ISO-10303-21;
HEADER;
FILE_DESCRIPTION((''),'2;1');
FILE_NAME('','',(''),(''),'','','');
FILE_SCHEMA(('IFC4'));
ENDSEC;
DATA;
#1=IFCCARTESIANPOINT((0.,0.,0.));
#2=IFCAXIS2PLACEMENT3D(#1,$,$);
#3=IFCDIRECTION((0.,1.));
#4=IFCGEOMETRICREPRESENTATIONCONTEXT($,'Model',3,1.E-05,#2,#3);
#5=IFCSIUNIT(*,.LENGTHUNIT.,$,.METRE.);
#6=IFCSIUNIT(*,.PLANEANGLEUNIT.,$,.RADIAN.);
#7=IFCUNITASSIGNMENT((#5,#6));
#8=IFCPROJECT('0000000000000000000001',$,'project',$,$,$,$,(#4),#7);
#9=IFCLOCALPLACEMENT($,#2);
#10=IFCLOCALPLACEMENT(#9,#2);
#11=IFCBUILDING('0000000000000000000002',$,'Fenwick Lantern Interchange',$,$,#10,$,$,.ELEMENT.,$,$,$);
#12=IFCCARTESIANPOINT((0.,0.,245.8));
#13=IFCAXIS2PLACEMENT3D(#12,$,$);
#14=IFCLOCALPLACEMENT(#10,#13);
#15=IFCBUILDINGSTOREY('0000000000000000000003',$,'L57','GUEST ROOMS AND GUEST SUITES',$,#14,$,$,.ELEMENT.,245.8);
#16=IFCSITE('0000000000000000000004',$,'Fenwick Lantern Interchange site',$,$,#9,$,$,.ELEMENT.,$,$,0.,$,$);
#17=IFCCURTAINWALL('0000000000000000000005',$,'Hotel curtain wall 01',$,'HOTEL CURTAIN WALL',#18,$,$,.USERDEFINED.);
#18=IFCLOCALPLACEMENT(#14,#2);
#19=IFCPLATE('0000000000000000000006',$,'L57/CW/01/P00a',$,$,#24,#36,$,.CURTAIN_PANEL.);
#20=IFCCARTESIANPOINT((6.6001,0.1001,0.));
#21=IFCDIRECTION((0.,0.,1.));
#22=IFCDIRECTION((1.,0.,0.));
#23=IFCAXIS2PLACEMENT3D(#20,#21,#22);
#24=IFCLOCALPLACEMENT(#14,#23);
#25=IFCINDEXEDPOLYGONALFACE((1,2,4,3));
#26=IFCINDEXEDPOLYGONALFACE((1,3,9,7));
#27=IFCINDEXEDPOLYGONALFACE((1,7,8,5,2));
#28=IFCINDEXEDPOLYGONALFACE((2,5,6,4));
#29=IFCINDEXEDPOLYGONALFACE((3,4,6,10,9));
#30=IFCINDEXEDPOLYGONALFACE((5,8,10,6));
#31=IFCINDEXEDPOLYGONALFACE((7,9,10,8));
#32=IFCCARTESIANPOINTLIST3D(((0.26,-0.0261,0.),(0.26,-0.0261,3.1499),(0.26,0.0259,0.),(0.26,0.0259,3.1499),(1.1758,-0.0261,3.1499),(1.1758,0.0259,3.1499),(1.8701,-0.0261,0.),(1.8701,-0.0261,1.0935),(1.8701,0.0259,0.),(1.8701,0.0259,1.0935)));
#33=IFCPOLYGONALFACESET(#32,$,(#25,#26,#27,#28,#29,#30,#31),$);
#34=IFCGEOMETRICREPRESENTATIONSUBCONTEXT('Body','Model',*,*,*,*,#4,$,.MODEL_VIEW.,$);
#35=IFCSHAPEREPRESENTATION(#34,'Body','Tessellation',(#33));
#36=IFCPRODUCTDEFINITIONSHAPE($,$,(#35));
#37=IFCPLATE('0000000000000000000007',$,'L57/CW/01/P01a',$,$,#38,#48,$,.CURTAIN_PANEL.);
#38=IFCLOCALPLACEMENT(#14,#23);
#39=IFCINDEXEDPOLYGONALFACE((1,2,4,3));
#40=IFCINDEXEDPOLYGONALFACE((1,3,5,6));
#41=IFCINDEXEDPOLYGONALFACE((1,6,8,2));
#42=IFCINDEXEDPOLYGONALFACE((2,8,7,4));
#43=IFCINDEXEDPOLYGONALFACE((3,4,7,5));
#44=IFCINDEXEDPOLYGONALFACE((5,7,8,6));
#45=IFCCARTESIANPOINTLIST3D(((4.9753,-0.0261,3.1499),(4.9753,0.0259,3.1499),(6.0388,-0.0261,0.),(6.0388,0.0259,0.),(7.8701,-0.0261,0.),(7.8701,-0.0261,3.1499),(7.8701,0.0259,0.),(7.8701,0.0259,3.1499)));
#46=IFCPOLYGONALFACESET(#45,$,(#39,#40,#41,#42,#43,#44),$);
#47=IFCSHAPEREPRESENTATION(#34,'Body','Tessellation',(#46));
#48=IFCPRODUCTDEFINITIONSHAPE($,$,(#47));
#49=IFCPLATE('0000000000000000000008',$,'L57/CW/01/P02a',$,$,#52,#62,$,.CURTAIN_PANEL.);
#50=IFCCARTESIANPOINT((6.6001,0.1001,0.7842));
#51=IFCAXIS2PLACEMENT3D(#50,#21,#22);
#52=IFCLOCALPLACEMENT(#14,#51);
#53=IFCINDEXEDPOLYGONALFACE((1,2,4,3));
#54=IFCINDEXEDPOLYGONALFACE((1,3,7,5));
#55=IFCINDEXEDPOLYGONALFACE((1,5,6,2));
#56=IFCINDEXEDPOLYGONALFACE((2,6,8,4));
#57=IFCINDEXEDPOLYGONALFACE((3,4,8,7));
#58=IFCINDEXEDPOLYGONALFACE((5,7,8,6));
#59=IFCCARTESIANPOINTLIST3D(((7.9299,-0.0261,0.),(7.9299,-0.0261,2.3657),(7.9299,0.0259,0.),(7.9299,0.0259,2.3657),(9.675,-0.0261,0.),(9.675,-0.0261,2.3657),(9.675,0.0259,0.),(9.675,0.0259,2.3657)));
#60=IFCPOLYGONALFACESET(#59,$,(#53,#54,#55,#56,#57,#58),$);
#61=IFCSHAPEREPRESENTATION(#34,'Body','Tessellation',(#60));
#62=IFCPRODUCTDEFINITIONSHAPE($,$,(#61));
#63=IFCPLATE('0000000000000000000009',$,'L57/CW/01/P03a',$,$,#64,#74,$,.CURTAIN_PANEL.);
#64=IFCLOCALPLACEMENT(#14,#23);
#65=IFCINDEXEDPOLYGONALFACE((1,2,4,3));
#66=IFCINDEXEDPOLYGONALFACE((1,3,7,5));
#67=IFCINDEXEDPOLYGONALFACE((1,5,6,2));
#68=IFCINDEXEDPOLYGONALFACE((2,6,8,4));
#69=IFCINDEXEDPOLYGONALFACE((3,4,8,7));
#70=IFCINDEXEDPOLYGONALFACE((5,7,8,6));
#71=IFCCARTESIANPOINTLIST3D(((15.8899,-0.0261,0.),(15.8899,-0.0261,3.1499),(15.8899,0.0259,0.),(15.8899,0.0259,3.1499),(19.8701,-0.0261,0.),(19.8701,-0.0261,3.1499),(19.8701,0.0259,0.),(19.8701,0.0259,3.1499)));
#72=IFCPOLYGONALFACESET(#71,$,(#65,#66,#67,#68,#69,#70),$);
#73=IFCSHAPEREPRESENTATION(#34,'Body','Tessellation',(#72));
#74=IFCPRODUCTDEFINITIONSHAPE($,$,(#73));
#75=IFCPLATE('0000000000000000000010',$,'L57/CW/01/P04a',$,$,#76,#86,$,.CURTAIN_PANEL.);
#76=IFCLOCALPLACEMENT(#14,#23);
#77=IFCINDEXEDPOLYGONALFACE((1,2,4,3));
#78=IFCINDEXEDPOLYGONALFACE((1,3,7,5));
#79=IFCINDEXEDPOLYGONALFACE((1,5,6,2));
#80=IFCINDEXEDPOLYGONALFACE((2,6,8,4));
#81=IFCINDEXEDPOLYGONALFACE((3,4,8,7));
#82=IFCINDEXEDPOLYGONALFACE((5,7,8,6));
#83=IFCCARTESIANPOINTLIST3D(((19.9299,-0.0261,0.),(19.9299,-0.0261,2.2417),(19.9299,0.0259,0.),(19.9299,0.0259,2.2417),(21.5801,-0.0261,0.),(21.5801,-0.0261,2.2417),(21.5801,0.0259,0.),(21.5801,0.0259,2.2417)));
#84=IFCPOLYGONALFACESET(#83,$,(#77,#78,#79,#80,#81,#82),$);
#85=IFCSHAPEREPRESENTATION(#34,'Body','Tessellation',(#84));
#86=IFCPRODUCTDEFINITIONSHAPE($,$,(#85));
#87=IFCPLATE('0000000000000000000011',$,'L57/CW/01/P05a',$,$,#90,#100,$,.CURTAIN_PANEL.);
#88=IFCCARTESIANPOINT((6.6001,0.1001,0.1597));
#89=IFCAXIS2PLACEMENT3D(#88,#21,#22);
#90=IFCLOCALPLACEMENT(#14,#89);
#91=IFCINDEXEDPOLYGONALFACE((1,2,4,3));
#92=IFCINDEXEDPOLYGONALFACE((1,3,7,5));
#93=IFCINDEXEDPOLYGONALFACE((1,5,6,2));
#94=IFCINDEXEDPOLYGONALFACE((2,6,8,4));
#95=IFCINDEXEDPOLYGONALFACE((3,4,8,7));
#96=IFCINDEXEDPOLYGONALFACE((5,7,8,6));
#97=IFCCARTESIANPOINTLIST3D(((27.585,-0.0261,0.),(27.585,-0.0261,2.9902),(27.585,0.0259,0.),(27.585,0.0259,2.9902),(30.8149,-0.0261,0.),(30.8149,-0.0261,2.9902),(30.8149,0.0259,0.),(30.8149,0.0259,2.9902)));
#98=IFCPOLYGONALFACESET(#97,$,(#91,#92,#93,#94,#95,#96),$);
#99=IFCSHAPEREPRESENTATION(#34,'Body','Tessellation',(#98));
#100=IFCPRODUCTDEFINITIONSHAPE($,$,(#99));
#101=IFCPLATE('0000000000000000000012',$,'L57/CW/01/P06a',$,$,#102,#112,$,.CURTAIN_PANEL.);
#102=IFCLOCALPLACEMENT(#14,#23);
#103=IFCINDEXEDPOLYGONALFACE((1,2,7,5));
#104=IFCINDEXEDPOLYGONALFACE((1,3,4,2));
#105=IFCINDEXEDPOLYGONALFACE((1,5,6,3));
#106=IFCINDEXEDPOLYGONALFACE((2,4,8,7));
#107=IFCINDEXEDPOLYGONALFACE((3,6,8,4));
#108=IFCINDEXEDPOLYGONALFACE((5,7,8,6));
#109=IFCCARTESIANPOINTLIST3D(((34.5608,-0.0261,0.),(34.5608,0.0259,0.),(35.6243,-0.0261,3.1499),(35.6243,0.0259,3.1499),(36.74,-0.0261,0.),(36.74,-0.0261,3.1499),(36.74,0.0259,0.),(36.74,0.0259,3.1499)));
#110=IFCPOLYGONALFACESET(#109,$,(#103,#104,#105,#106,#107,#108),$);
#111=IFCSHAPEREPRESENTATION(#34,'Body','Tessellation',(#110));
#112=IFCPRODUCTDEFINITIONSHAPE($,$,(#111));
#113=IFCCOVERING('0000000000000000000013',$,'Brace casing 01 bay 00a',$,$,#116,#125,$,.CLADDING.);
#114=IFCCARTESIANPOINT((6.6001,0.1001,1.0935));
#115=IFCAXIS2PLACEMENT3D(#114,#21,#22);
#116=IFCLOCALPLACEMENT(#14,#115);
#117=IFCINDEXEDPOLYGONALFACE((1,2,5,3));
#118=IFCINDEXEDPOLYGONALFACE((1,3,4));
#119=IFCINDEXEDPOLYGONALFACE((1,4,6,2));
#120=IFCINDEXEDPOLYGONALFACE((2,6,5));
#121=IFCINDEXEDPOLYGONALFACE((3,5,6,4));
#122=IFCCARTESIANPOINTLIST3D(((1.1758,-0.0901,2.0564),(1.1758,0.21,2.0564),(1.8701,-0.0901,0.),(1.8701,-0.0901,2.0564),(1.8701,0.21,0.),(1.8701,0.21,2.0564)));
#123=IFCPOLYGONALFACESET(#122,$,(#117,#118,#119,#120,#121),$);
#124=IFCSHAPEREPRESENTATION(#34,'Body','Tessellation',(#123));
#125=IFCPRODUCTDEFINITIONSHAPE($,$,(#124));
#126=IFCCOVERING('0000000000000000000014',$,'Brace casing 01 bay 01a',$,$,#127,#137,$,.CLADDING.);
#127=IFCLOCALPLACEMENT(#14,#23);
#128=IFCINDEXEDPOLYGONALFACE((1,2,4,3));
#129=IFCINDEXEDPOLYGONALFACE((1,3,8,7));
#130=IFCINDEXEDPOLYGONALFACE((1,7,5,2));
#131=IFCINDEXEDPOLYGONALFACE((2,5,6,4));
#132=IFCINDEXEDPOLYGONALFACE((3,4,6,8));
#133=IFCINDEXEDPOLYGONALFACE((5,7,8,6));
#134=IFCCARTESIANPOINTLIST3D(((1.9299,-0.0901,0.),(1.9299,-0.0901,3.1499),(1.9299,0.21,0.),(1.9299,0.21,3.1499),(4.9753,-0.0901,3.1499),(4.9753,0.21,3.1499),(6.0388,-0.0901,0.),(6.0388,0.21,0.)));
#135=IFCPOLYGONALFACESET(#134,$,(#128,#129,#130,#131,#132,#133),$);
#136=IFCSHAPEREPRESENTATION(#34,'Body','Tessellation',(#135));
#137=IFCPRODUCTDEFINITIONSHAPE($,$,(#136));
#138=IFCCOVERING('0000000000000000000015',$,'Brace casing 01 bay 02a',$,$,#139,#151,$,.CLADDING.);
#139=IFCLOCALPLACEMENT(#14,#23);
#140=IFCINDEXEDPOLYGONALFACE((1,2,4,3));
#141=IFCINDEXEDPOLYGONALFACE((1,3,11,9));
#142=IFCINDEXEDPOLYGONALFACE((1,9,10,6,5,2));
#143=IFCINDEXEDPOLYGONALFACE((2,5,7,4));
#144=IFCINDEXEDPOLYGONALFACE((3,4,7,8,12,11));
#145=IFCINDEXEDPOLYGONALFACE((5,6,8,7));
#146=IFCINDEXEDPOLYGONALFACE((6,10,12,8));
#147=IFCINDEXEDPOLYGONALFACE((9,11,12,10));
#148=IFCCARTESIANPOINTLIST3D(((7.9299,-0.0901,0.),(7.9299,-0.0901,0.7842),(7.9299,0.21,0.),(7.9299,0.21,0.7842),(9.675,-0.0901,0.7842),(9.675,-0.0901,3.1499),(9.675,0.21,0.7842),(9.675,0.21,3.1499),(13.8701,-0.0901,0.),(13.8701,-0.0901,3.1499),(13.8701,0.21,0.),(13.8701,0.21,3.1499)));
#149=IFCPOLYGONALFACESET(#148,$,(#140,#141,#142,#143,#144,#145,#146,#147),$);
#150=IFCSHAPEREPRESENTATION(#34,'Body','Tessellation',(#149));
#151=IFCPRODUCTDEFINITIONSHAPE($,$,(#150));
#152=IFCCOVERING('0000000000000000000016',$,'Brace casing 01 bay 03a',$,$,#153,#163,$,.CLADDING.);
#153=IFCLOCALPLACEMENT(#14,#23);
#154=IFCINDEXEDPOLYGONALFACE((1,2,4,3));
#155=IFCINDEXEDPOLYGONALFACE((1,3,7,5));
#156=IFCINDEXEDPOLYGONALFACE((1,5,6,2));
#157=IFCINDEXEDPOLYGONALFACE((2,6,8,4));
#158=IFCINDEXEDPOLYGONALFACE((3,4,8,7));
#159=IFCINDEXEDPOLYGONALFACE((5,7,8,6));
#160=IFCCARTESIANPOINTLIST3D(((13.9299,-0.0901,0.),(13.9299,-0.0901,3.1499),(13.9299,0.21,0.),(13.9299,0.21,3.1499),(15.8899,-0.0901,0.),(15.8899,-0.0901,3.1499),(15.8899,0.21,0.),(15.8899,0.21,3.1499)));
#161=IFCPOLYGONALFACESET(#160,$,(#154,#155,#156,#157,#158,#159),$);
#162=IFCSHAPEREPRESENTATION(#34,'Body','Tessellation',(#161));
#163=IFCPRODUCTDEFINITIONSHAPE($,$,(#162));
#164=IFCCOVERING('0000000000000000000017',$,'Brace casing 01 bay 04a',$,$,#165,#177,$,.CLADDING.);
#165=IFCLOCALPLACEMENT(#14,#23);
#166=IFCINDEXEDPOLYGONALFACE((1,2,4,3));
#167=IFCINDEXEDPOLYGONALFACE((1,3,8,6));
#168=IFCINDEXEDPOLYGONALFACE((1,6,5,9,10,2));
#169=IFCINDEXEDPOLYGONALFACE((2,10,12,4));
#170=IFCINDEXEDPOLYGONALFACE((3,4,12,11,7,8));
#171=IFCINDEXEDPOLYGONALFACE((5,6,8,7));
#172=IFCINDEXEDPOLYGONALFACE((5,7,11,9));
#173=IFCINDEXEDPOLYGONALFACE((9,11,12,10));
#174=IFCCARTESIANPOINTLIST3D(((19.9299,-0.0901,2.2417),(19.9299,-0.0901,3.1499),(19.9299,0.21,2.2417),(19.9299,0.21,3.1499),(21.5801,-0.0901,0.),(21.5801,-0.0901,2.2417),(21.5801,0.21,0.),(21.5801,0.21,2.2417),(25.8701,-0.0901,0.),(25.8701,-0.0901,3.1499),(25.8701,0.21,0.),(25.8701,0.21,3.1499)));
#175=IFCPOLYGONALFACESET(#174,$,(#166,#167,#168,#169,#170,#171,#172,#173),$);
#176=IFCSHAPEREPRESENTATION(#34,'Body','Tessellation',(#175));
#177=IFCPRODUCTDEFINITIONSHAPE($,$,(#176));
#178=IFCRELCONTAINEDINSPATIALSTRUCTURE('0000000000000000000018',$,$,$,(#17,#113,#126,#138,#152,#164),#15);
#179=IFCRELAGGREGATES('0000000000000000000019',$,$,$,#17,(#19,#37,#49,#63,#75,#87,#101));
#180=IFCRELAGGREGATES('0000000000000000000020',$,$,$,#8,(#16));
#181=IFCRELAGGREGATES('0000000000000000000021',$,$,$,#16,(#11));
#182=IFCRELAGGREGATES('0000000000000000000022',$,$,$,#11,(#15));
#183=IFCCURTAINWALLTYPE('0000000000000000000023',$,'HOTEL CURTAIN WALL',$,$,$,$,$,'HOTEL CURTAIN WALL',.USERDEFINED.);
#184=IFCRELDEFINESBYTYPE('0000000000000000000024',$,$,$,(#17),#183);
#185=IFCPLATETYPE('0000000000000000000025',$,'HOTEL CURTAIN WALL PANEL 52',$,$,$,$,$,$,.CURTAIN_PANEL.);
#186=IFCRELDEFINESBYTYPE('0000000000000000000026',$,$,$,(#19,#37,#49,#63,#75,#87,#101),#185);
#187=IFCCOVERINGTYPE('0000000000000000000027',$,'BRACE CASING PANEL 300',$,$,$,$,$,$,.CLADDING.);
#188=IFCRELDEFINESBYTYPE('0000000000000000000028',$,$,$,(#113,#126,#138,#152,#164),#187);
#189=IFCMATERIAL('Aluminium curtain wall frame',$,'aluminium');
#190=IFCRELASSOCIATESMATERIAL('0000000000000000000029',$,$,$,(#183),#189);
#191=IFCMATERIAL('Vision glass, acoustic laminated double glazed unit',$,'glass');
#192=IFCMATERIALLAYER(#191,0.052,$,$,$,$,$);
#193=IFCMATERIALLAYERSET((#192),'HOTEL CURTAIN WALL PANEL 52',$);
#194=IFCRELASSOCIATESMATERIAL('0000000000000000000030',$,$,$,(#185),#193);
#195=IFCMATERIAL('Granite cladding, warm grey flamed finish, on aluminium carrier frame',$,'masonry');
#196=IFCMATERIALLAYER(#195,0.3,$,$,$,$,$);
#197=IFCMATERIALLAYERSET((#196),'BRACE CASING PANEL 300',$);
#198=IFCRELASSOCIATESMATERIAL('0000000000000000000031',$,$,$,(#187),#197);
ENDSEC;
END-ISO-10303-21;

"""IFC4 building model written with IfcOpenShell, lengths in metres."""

from ifc_helpers import new_model, si_unit, direction, frame, origin, place, context, subcontext, project, spatial, polyline, outline, extrude, material, layer, layer_set, type_object, element, aggregate, save


model = new_model("IFC4")

# Units and contexts
model_context = context("Model", 3, precision=1e-05, world=origin(), true_north=direction((0.0, 1.0)))
body_context = subcontext(model_context, "Body", "Model", "MODEL_VIEW")
ifc_project = project(units=[si_unit("LENGTHUNIT", "METRE"), si_unit("PLANEANGLEUNIT", "RADIAN")], contexts=[model_context])

# Site, building, storey
site_placement = place(None, origin())
site = spatial("IfcSite", under=ifc_project, at=site_placement, Name="Fenwick Lantern Interchange site", CompositionType="ELEMENT", RefElevation=0.0)
building_placement = place(site_placement, origin())
building = spatial("IfcBuilding", under=site, at=building_placement, Name="Fenwick Lantern Interchange", CompositionType="ELEMENT")
storey_placement = place(building_placement, frame((0.0, 0.0, 245.8)))
storey = spatial("IfcBuildingStorey", under=building, at=storey_placement, Name="L57", Description="GUEST ROOMS AND GUEST SUITES", CompositionType="ELEMENT", Elevation=245.8)

# Curtain wall
ifc_material_1 = material(Name="Aluminium curtain wall frame", Category="aluminium")
curtain_wall_type = type_object("IfcCurtainWallType", Name="HOTEL CURTAIN WALL", ElementType="HOTEL CURTAIN WALL", PredefinedType="USERDEFINED", material=ifc_material_1)
curtain_wall_1_placement = place(storey_placement, origin())
curtain_wall_1 = element("IfcCurtainWall", 1, at=curtain_wall_1_placement, inside=storey, type_object=curtain_wall_type, Name="Hotel curtain wall 01", ObjectType="HOTEL CURTAIN WALL", PredefinedType="USERDEFINED")

# Plates
ifc_material_2 = material(Name="Vision glass, acoustic laminated double glazed unit", Category="glass")
ifc_layer_1 = layer(ifc_material_2, 0.052)
ifc_layer_set_1 = layer_set([ifc_layer_1], Name="HOTEL CURTAIN WALL PANEL 52")
plate_type = type_object("IfcPlateType", Name="HOTEL CURTAIN WALL PANEL 52", PredefinedType="CURTAIN_PANEL", material=ifc_layer_set_1)
plate_1_placement = place(storey_placement, frame((6.6001, 0.1001, 0.0), z_axis=(0.0, 0.0, 1.0), x_axis=(1.0, 0.0, 0.0)))
plate_1 = element("IfcPlate", 2, at=plate_1_placement, type_object=plate_type, Name="L57/CW/01/P00a", PredefinedType="CURTAIN_PANEL", context=body_context, shape_type="SweptSolid", body=[
    extrude(outline(polyline([(0.26, 0.0), (1.8701, 0.0), (1.8701, 1.0935), (1.1758, 3.1499), (0.26, 3.1499), (0.26, 0.0)])), frame((0.0, 0.0259, 0.0), z_axis=(0.0, -1.0, 0.0), x_axis=(1.0, 0.0, 0.0)), (0.0, 0.0, 1.0), 0.052),
])
plate_2_placement = place(storey_placement, frame((6.6001, 0.1001, 0.0), z_axis=(0.0, 0.0, 1.0), x_axis=(1.0, 0.0, 0.0)))
plate_2 = element("IfcPlate", 3, at=plate_2_placement, type_object=plate_type, Name="L57/CW/01/P01a", PredefinedType="CURTAIN_PANEL", context=body_context, shape_type="SweptSolid", body=[
    extrude(outline(polyline([(6.0388, 0.0), (7.8701, 0.0), (7.8701, 3.1499), (4.9753, 3.1499), (6.0388, 0.0)])), frame((0.0, 0.0259, 0.0), z_axis=(0.0, -1.0, 0.0), x_axis=(1.0, 0.0, 0.0)), (0.0, 0.0, 1.0), 0.052),
])
plate_3_placement = place(storey_placement, frame((6.6001, 0.1001, 0.7842), z_axis=(0.0, 0.0, 1.0), x_axis=(1.0, 0.0, 0.0)))
plate_3 = element("IfcPlate", 4, at=plate_3_placement, type_object=plate_type, Name="L57/CW/01/P02a", PredefinedType="CURTAIN_PANEL", context=body_context, shape_type="SweptSolid", body=[
    extrude(outline(polyline([(7.9299, 0.0), (9.675, 0.0), (9.675, 2.3657), (7.9299, 2.3657), (7.9299, 0.0)])), frame((0.0, 0.0259, 0.0), z_axis=(0.0, -1.0, 0.0), x_axis=(1.0, 0.0, 0.0)), (0.0, 0.0, 1.0), 0.052),
])
plate_4_placement = place(storey_placement, frame((6.6001, 0.1001, 0.0), z_axis=(0.0, 0.0, 1.0), x_axis=(1.0, 0.0, 0.0)))
plate_4 = element("IfcPlate", 5, at=plate_4_placement, type_object=plate_type, Name="L57/CW/01/P03a", PredefinedType="CURTAIN_PANEL", context=body_context, shape_type="SweptSolid", body=[
    extrude(outline(polyline([(15.8899, 0.0), (19.8701, 0.0), (19.8701, 3.1499), (15.8899, 3.1499), (15.8899, 0.0)])), frame((0.0, 0.0259, 0.0), z_axis=(0.0, -1.0, 0.0), x_axis=(1.0, 0.0, 0.0)), (0.0, 0.0, 1.0), 0.052),
])
plate_5_placement = place(storey_placement, frame((6.6001, 0.1001, 0.0), z_axis=(0.0, 0.0, 1.0), x_axis=(1.0, 0.0, 0.0)))
plate_5 = element("IfcPlate", 6, at=plate_5_placement, type_object=plate_type, Name="L57/CW/01/P04a", PredefinedType="CURTAIN_PANEL", context=body_context, shape_type="SweptSolid", body=[
    extrude(outline(polyline([(19.9299, 0.0), (21.5801, 0.0), (21.5801, 2.2417), (19.9299, 2.2417), (19.9299, 0.0)])), frame((0.0, 0.0259, 0.0), z_axis=(0.0, -1.0, 0.0), x_axis=(1.0, 0.0, 0.0)), (0.0, 0.0, 1.0), 0.052),
])
plate_6_placement = place(storey_placement, frame((6.6001, 0.1001, 0.1597), z_axis=(0.0, 0.0, 1.0), x_axis=(1.0, 0.0, 0.0)))
plate_6 = element("IfcPlate", 7, at=plate_6_placement, type_object=plate_type, Name="L57/CW/01/P05a", PredefinedType="CURTAIN_PANEL", context=body_context, shape_type="SweptSolid", body=[
    extrude(outline(polyline([(27.585, 0.0), (30.8149, 0.0), (30.8149, 2.9902), (27.585, 2.9902), (27.585, 0.0)])), frame((0.0, 0.0259, 0.0), z_axis=(0.0, -1.0, 0.0), x_axis=(1.0, 0.0, 0.0)), (0.0, 0.0, 1.0), 0.052),
])
plate_7_placement = place(storey_placement, frame((6.6001, 0.1001, 0.0), z_axis=(0.0, 0.0, 1.0), x_axis=(1.0, 0.0, 0.0)))
plate_7 = element("IfcPlate", 8, at=plate_7_placement, type_object=plate_type, Name="L57/CW/01/P06a", PredefinedType="CURTAIN_PANEL", context=body_context, shape_type="SweptSolid", body=[
    extrude(outline(polyline([(34.5608, 0.0), (36.74, 0.0), (36.74, 3.1499), (35.6243, 3.1499), (34.5608, 0.0)])), frame((0.0, 0.0259, 0.0), z_axis=(0.0, -1.0, 0.0), x_axis=(1.0, 0.0, 0.0)), (0.0, 0.0, 1.0), 0.052),
])
aggregate(curtain_wall_1, [plate_1, plate_2, plate_3, plate_4, plate_5, plate_6, plate_7])

# Coverings
ifc_material_3 = material(Name="Granite cladding, warm grey flamed finish, on aluminium carrier frame", Category="masonry")
ifc_layer_2 = layer(ifc_material_3, 0.3)
ifc_layer_set_2 = layer_set([ifc_layer_2], Name="BRACE CASING PANEL 300")
covering_type_1 = type_object("IfcCoveringType", Name="BRACE CASING PANEL 300", PredefinedType="CLADDING", material=ifc_layer_set_2)
covering_1_placement = place(storey_placement, frame((6.6001, 0.1001, 1.0935), z_axis=(0.0, 0.0, 1.0), x_axis=(1.0, 0.0, 0.0)))
element("IfcCovering", 9, at=covering_1_placement, inside=storey, type_object=covering_type_1, Name="Brace casing 01 bay 00a", PredefinedType="CLADDING", context=body_context, shape_type="SweptSolid", body=[
    extrude(outline(polyline([(1.8701, 0.0), (1.8701, 2.0564), (1.1758, 2.0564), (1.8701, 0.0)])), frame((0.0, 0.21, 0.0), z_axis=(0.0, -1.0, 0.0), x_axis=(1.0, 0.0, 0.0)), (0.0, 0.0, 1.0), 0.3),
])
covering_2_placement = place(storey_placement, frame((6.6001, 0.1001, 0.0), z_axis=(0.0, 0.0, 1.0), x_axis=(1.0, 0.0, 0.0)))
element("IfcCovering", 10, at=covering_2_placement, inside=storey, type_object=covering_type_1, Name="Brace casing 01 bay 01a", PredefinedType="CLADDING", context=body_context, shape_type="SweptSolid", body=[
    extrude(outline(polyline([(1.9299, 0.0), (6.0388, 0.0), (4.9753, 3.1499), (1.9299, 3.1499), (1.9299, 0.0)])), frame((0.0, 0.21, 0.0), z_axis=(0.0, -1.0, 0.0), x_axis=(1.0, 0.0, 0.0)), (0.0, 0.0, 1.0), 0.3),
])
covering_3_placement = place(storey_placement, frame((6.6001, 0.1001, 0.0), z_axis=(0.0, 0.0, 1.0), x_axis=(1.0, 0.0, 0.0)))
element("IfcCovering", 11, at=covering_3_placement, inside=storey, type_object=covering_type_1, Name="Brace casing 01 bay 02a", PredefinedType="CLADDING", context=body_context, shape_type="SweptSolid", body=[
    extrude(outline(polyline([(7.9299, 0.0), (13.8701, 0.0), (13.8701, 3.1499), (9.675, 3.1499), (9.675, 0.7842), (7.9299, 0.7842), (7.9299, 0.0)])), frame((0.0, 0.21, 0.0), z_axis=(0.0, -1.0, 0.0), x_axis=(1.0, 0.0, 0.0)), (0.0, 0.0, 1.0), 0.3),
])
covering_4_placement = place(storey_placement, frame((6.6001, 0.1001, 0.0), z_axis=(0.0, 0.0, 1.0), x_axis=(1.0, 0.0, 0.0)))
element("IfcCovering", 12, at=covering_4_placement, inside=storey, type_object=covering_type_1, Name="Brace casing 01 bay 03a", PredefinedType="CLADDING", context=body_context, shape_type="SweptSolid", body=[
    extrude(outline(polyline([(13.9299, 0.0), (15.8899, 0.0), (15.8899, 3.1499), (13.9299, 3.1499), (13.9299, 0.0)])), frame((0.0, 0.21, 0.0), z_axis=(0.0, -1.0, 0.0), x_axis=(1.0, 0.0, 0.0)), (0.0, 0.0, 1.0), 0.3),
])
covering_5_placement = place(storey_placement, frame((6.6001, 0.1001, 0.0), z_axis=(0.0, 0.0, 1.0), x_axis=(1.0, 0.0, 0.0)))
element("IfcCovering", 13, at=covering_5_placement, inside=storey, type_object=covering_type_1, Name="Brace casing 01 bay 04a", PredefinedType="CLADDING", context=body_context, shape_type="SweptSolid", body=[
    extrude(outline(polyline([(21.5801, 0.0), (25.8701, 0.0), (25.8701, 3.1499), (19.9299, 3.1499), (19.9299, 2.2417), (21.5801, 2.2417), (21.5801, 0.0)])), frame((0.0, 0.21, 0.0), z_axis=(0.0, -1.0, 0.0), x_axis=(1.0, 0.0, 0.0)), (0.0, 0.0, 1.0), 0.3),
])

save(model, "model.ifc")
